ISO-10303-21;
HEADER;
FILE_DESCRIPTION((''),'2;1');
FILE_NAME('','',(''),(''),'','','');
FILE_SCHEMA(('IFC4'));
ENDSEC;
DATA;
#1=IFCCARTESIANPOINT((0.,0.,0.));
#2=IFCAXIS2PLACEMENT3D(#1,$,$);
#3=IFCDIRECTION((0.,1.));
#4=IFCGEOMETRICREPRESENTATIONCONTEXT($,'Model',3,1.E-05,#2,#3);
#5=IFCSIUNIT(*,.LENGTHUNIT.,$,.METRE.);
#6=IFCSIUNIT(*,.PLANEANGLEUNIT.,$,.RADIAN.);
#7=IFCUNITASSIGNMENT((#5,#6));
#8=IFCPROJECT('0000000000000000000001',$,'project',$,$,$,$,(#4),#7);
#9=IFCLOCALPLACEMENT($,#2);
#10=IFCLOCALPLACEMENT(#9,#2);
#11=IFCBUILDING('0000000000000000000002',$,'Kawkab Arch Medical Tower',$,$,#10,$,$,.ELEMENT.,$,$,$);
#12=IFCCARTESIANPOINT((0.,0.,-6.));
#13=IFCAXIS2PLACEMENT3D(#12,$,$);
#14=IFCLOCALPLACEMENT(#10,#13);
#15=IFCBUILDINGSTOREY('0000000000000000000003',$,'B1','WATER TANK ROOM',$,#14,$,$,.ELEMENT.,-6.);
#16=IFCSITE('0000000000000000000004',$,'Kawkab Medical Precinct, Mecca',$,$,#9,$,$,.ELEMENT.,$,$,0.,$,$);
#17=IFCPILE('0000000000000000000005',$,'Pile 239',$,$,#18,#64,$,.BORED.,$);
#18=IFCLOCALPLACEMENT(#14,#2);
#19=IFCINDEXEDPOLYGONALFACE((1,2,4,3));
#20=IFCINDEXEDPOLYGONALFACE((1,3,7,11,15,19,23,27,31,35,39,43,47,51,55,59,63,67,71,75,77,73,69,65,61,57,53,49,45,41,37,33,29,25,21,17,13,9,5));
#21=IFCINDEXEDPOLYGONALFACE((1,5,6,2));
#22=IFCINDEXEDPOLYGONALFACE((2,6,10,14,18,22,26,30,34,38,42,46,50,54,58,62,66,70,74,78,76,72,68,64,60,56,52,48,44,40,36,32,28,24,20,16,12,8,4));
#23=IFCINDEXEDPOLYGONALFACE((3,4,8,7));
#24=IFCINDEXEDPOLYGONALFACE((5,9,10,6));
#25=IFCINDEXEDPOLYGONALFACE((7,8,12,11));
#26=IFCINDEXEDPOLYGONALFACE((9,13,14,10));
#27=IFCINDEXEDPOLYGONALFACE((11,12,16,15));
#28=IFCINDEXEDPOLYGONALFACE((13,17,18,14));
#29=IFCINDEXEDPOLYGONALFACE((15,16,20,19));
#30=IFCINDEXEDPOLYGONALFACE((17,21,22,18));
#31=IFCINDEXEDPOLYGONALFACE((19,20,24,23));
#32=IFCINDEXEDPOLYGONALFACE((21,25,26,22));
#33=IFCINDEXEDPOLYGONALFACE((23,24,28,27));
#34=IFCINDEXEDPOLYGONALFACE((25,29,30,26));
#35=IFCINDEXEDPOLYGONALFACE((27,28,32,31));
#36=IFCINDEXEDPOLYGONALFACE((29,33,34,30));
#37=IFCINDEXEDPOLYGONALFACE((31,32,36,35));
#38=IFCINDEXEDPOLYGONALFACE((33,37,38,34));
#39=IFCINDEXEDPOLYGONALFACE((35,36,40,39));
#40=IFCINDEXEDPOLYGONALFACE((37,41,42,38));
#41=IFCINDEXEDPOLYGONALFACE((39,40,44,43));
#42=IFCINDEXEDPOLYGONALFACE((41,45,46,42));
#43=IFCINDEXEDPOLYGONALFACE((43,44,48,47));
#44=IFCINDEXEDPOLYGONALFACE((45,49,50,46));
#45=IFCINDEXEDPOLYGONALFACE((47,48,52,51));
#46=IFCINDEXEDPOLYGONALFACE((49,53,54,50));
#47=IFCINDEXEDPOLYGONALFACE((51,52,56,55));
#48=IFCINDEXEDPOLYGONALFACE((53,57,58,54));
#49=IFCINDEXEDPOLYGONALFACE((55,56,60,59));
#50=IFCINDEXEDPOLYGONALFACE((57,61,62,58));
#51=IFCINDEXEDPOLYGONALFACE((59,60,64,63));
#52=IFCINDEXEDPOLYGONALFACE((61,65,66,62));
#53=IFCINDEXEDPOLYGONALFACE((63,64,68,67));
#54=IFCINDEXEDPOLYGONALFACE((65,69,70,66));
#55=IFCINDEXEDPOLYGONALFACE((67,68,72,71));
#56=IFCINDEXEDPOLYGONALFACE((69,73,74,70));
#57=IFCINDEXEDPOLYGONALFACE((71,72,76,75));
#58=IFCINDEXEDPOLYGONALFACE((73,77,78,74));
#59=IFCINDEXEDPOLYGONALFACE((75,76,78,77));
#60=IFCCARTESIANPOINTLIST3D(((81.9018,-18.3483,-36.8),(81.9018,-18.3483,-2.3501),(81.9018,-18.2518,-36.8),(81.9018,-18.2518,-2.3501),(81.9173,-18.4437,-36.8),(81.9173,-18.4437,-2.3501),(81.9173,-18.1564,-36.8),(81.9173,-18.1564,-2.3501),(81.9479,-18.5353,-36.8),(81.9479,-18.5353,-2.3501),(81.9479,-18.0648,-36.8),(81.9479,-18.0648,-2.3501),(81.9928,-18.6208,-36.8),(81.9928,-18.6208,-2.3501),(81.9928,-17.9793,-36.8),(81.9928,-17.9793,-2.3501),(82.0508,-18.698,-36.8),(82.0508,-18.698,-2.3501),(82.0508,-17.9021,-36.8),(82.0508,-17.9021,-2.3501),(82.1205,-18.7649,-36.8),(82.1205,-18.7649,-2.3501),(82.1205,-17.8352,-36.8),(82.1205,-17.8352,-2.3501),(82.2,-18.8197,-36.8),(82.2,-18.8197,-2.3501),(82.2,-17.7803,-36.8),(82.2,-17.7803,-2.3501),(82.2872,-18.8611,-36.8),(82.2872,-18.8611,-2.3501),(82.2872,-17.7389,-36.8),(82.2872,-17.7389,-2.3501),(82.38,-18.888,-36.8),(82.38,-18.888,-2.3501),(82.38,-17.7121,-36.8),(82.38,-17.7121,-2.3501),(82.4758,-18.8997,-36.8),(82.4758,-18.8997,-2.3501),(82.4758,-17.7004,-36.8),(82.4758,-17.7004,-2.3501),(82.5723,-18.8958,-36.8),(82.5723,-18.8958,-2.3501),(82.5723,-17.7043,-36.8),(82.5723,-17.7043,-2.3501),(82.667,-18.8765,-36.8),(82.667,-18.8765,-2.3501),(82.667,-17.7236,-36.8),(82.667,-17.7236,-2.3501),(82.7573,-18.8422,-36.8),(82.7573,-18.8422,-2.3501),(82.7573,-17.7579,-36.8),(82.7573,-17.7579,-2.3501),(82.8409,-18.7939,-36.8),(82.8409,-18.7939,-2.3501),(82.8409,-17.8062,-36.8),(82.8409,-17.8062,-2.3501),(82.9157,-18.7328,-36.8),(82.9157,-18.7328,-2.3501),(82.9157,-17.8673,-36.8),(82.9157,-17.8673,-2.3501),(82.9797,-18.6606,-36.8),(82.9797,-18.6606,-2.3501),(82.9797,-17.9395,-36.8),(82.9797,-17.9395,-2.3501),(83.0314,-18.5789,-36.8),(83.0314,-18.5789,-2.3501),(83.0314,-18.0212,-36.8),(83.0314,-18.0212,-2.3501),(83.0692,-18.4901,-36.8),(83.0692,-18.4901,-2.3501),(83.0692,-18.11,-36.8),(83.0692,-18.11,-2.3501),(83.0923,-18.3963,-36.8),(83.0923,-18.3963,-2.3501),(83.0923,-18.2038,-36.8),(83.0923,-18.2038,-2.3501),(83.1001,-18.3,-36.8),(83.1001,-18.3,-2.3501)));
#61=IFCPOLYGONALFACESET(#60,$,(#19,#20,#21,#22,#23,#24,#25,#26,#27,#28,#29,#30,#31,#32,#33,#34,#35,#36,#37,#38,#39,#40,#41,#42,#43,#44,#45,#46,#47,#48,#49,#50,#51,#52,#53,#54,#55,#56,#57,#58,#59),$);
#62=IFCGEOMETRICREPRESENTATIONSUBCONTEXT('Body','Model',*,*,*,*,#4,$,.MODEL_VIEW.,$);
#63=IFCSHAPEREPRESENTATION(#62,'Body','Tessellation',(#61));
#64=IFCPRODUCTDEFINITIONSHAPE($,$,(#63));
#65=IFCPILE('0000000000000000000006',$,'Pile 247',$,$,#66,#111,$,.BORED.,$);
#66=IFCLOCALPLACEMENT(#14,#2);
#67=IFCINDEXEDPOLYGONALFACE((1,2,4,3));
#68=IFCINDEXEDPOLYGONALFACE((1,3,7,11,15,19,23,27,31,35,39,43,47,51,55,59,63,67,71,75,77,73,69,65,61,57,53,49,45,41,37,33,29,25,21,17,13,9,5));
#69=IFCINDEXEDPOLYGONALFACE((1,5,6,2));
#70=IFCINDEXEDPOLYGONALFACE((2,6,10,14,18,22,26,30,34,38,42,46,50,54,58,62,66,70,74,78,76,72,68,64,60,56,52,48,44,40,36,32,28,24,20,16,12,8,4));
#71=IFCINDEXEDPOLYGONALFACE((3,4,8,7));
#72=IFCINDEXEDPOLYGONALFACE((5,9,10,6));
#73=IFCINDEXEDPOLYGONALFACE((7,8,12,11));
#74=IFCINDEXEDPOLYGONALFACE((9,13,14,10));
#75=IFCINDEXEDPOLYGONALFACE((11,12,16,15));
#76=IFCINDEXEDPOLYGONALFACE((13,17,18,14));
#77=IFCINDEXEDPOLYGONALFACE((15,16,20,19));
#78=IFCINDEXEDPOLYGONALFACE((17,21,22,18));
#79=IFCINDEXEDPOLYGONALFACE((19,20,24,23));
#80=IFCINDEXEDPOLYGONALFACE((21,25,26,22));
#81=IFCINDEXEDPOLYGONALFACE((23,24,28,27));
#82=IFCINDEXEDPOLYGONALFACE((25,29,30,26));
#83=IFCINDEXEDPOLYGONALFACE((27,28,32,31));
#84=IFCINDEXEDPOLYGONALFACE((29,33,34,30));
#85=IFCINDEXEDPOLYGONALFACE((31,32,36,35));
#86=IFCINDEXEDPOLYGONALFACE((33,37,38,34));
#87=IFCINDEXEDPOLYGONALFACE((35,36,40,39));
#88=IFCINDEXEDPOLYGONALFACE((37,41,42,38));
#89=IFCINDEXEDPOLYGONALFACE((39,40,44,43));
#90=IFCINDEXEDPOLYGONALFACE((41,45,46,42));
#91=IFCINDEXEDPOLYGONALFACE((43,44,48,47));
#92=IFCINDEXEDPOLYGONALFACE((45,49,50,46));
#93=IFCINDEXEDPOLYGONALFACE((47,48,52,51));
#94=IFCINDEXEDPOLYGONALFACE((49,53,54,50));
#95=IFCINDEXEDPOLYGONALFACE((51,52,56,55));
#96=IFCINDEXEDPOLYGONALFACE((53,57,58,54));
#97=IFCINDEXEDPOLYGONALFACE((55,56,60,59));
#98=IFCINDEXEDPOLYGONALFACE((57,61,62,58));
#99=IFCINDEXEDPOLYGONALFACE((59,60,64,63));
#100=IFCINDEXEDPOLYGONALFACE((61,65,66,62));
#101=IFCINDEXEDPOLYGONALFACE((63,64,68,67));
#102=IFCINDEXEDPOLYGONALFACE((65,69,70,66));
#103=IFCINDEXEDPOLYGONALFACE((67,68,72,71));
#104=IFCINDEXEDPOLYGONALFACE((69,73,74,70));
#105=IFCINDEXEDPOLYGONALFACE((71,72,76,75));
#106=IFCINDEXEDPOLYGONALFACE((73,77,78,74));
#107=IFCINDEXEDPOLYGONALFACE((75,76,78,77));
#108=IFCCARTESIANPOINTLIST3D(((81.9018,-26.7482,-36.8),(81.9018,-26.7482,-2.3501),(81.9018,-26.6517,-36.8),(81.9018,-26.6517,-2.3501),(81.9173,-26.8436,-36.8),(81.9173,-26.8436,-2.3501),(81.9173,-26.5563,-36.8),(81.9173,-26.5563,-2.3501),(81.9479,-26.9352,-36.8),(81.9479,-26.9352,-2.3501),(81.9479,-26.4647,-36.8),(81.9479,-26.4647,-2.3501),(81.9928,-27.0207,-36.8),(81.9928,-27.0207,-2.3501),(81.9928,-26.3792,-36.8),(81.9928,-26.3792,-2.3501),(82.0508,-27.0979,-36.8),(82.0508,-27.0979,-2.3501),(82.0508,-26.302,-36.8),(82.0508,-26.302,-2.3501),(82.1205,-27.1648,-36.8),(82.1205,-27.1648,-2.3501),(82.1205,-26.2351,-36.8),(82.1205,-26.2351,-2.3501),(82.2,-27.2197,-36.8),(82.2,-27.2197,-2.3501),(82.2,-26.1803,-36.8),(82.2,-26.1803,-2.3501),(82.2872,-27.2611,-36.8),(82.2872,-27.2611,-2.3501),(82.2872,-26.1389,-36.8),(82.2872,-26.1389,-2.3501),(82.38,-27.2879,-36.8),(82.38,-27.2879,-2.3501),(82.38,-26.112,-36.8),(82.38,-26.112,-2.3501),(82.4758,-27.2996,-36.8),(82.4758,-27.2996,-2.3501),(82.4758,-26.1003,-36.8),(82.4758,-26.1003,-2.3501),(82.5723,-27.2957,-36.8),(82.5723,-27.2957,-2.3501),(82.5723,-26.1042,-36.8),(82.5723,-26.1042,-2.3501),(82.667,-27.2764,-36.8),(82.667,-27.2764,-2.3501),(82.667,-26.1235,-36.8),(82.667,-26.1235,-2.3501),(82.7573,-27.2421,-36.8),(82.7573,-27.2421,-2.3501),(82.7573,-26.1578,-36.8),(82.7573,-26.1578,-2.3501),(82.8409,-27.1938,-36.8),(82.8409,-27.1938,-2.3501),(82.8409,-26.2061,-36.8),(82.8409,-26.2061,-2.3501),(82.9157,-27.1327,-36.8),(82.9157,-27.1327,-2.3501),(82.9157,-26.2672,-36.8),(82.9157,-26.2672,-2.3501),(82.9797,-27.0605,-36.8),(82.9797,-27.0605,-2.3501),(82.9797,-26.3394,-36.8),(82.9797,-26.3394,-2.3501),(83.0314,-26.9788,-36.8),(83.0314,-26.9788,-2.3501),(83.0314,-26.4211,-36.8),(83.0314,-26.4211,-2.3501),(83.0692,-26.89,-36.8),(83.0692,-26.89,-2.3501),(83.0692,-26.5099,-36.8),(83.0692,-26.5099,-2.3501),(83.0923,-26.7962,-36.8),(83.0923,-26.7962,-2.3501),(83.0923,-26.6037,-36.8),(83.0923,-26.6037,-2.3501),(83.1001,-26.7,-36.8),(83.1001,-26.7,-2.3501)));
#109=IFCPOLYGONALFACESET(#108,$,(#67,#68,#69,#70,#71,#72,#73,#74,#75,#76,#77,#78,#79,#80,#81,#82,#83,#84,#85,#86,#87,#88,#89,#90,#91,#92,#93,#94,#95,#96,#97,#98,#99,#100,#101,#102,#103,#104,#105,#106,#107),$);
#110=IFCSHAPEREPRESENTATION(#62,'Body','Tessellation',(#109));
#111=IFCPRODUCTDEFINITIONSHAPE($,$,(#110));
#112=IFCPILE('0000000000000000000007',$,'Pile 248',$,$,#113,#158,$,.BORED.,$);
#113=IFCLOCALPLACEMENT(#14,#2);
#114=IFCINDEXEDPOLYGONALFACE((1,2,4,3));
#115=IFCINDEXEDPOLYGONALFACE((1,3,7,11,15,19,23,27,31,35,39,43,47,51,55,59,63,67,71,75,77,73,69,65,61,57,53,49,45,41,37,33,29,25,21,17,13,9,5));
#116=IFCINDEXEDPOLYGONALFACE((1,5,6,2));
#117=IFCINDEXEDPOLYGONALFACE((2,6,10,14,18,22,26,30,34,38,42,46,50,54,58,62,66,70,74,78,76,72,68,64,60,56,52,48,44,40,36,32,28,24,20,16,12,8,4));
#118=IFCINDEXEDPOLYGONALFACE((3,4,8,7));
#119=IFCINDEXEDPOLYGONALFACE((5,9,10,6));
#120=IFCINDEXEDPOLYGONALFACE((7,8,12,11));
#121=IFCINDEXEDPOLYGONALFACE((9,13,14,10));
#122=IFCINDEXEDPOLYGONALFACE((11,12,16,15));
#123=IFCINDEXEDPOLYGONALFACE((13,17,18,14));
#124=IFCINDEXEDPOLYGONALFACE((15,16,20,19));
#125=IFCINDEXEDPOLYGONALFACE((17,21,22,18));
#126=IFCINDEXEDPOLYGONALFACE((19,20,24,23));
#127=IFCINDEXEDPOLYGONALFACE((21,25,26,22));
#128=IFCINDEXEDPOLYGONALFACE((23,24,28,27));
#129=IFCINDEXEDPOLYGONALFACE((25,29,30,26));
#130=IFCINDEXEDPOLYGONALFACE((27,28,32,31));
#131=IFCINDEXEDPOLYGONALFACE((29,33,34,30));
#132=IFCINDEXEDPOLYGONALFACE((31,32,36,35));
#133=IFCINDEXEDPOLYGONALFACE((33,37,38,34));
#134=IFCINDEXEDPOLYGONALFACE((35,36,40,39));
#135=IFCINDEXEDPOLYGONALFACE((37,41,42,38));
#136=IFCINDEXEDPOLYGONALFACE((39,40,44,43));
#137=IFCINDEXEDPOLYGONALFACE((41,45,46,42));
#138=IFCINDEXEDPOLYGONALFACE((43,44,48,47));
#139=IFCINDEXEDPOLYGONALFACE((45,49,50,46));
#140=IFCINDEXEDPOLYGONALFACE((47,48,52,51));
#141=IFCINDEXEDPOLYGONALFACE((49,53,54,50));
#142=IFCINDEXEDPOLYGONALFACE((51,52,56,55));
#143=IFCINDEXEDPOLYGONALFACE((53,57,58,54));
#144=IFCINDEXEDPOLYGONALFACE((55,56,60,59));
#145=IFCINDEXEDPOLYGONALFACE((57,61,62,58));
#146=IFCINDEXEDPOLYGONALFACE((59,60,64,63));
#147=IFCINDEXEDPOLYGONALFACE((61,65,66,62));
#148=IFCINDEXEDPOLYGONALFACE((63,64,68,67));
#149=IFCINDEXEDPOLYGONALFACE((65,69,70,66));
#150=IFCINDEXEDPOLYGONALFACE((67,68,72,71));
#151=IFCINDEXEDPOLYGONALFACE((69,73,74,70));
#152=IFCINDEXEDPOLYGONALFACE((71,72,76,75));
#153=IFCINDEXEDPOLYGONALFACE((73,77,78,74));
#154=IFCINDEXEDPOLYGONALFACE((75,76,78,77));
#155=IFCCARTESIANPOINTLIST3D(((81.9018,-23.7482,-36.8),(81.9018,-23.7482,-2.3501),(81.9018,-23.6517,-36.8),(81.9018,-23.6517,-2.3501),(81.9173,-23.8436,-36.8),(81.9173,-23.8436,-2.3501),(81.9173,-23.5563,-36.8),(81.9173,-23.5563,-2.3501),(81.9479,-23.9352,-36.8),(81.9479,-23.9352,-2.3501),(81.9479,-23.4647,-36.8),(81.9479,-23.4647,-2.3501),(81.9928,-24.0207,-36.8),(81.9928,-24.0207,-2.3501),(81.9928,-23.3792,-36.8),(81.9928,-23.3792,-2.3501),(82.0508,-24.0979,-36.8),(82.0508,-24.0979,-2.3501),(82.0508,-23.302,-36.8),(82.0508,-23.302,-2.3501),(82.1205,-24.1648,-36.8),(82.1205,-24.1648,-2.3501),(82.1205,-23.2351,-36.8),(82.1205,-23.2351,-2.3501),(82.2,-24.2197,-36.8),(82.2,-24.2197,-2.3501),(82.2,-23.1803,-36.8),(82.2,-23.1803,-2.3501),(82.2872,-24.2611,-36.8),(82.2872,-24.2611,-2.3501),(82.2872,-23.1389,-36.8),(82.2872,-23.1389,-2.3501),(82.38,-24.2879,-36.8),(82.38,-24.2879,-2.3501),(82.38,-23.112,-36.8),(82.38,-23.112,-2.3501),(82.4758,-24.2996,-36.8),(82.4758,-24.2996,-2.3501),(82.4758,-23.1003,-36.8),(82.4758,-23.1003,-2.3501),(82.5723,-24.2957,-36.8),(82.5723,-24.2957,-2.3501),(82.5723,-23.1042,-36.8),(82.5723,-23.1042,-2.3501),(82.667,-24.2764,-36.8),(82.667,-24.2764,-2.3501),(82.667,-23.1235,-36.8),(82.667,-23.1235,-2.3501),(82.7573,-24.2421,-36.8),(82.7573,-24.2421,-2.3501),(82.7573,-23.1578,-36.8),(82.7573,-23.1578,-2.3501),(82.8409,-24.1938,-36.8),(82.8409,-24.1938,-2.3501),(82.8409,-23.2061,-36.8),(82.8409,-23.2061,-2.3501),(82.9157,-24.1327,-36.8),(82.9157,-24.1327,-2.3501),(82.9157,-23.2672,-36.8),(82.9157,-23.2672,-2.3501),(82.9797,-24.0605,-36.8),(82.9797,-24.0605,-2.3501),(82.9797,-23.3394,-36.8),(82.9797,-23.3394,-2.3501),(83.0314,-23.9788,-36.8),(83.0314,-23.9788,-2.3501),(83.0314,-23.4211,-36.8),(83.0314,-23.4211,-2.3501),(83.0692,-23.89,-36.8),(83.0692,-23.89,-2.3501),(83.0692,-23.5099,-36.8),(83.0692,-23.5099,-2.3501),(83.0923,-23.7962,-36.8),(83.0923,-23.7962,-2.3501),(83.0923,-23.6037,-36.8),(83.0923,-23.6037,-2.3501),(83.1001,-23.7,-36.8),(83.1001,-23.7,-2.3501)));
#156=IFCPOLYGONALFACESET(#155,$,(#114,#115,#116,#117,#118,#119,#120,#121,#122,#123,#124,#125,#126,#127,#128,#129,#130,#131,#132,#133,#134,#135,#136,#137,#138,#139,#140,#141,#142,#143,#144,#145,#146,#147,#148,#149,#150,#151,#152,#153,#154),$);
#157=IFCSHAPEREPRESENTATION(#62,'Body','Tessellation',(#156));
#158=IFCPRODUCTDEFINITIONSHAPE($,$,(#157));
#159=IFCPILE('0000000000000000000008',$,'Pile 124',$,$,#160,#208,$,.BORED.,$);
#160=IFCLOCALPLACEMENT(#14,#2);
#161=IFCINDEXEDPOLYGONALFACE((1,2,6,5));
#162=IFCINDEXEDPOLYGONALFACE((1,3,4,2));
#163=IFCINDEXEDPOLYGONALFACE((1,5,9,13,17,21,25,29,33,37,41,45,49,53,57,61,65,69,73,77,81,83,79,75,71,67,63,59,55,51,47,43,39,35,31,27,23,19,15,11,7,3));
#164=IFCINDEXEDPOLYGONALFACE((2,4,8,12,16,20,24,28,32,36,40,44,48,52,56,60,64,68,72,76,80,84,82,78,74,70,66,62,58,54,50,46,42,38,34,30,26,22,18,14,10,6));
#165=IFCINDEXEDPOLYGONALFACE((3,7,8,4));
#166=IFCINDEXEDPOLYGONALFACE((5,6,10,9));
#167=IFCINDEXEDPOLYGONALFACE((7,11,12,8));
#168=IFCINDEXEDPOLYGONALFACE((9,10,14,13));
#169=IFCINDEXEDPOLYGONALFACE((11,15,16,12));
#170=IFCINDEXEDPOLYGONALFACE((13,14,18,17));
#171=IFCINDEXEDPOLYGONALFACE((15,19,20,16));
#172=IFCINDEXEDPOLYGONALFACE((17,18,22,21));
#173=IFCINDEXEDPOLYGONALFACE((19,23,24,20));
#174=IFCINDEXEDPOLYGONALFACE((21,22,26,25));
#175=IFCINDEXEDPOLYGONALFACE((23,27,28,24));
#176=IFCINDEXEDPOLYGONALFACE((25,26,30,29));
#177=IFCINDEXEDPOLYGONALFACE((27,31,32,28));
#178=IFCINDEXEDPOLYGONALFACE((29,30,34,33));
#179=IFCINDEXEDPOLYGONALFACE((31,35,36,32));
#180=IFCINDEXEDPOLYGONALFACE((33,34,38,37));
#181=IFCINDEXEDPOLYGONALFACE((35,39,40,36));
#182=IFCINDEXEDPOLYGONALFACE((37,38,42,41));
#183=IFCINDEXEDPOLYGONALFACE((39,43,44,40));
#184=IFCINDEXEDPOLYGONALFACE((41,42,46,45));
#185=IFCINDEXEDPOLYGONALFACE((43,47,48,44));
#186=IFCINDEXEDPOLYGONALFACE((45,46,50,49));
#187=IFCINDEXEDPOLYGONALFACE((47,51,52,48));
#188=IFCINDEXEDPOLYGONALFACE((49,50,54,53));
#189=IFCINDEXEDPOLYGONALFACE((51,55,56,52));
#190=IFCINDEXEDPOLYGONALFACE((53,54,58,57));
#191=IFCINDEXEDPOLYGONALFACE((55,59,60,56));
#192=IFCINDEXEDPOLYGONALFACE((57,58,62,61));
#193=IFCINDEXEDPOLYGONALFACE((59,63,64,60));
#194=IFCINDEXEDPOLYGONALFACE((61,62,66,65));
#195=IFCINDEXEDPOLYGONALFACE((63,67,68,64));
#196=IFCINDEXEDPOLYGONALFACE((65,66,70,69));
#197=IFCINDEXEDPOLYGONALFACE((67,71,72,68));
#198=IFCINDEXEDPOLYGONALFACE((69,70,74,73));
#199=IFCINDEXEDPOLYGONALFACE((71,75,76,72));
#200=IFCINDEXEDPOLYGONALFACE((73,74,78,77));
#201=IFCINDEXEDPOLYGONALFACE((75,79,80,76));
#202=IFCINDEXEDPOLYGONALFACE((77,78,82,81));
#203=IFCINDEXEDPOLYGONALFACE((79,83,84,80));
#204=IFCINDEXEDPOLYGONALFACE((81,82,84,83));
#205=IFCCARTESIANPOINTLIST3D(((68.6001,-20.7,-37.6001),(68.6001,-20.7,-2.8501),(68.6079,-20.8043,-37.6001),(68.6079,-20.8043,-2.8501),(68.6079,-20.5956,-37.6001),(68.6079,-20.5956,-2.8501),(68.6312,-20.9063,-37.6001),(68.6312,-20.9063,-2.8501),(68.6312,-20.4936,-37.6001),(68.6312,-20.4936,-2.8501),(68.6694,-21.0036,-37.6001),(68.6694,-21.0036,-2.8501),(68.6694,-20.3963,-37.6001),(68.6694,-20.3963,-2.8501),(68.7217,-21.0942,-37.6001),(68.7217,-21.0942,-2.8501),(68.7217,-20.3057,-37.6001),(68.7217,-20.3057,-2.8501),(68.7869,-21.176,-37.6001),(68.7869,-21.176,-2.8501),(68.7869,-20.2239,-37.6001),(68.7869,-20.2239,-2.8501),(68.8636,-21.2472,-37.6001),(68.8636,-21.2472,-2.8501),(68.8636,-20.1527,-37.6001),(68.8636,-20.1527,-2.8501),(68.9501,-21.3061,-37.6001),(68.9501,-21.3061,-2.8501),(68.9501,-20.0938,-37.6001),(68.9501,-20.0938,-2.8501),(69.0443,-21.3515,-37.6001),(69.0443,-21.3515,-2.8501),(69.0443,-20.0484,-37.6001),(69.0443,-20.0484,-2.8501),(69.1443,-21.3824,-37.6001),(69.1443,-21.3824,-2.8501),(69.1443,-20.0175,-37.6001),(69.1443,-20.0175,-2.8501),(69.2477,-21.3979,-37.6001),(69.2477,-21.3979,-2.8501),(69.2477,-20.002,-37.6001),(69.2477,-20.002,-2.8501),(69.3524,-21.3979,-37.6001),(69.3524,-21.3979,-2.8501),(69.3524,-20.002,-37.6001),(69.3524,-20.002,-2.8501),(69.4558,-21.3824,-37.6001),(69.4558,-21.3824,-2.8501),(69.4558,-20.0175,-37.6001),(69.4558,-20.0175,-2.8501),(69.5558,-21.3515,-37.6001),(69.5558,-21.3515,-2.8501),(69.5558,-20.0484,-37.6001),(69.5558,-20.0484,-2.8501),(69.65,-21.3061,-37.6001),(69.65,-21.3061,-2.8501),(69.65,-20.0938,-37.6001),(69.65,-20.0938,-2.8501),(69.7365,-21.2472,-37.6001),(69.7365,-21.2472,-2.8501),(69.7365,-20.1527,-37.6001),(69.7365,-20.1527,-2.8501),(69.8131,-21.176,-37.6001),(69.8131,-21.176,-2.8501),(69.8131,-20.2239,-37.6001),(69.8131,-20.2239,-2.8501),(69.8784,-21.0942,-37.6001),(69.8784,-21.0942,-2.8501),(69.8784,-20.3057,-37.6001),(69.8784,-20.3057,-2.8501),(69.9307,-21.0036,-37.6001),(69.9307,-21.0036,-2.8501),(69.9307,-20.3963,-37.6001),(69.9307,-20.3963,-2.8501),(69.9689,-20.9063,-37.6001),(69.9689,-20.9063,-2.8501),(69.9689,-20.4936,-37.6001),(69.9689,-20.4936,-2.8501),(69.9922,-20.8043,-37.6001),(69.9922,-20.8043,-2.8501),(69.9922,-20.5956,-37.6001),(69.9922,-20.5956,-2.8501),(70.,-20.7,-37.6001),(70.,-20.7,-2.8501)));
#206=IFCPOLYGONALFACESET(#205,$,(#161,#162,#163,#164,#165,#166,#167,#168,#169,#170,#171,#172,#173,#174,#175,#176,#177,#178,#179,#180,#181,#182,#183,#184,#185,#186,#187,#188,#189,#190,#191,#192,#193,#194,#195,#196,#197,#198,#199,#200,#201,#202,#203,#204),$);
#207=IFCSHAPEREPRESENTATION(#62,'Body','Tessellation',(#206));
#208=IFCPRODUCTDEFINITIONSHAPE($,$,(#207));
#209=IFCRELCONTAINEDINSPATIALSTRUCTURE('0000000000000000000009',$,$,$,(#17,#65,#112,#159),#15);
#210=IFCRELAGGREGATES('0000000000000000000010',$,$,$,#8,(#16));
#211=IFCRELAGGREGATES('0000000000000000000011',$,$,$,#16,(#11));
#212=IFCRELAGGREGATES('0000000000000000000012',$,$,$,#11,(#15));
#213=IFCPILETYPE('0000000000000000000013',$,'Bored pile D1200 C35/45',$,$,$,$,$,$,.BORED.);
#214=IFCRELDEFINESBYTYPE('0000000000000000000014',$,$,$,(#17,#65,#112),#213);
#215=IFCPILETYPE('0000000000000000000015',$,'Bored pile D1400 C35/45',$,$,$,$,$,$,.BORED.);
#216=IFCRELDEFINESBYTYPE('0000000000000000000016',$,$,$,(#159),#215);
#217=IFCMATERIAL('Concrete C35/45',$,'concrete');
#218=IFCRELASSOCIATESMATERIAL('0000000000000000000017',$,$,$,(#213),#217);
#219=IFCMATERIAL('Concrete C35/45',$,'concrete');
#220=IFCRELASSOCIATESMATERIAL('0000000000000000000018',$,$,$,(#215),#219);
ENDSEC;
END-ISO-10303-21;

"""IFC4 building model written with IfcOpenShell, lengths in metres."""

from ifc_helpers import new_model, si_unit, direction, frame, origin, origin_2d, place, context, subcontext, project, spatial, circle, extrude, material, material_profile, profile_set, type_object, element, save


model = new_model("IFC4")

# Units and contexts
model_context = context("Model", 3, precision=1e-05, world=origin(), true_north=direction((0.0, 1.0)))
body_context = subcontext(model_context, "Body", "Model", "MODEL_VIEW")
ifc_project = project(units=[si_unit("LENGTHUNIT", "METRE"), si_unit("PLANEANGLEUNIT", "RADIAN")], contexts=[model_context])

# Site, building, storey
site_placement = place(None, origin())
site = spatial("IfcSite", under=ifc_project, at=site_placement, Name="Kawkab Medical Precinct, Mecca", CompositionType="ELEMENT", RefElevation=0.0)
building_placement = place(site_placement, origin())
building = spatial("IfcBuilding", under=site, at=building_placement, Name="Kawkab Arch Medical Tower", CompositionType="ELEMENT")
storey_placement = place(building_placement, frame((0.0, 0.0, -6.0)))
storey = spatial("IfcBuildingStorey", under=building, at=storey_placement, Name="B1", Description="WATER TANK ROOM", CompositionType="ELEMENT", Elevation=-6.0)

# Piles
ifc_material_1 = material(Name="Concrete C35/45", Category="concrete")
ifc_material_profile_1 = material_profile(ifc_material_1, circle(Radius=0.6001, at=origin_2d()), Name="Bored pile D1200")
ifc_profile_set_1 = profile_set([ifc_material_profile_1], Name="Concrete C35/45")
pile_type_1 = type_object("IfcPileType", Name="Bored pile D1200 C35/45", PredefinedType="BORED", material=ifc_profile_set_1)
for number, where, z_axis, x_axis, name in (
    (1, (82.5, -18.3, -2.3501), (0.0, 0.0, -1.0), (1.0, 0.0, 0.0), "Pile 239"),
    (2, (82.5, -26.7, -2.3501), (0.0, 0.0, -1.0), (1.0, 0.0, 0.0), "Pile 247"),
    (3, (82.5, -23.7, -2.3501), (0.0, 0.0, -1.0), (1.0, 0.0, 0.0), "Pile 248"),
):
    element("IfcPile", number, at=place(storey_placement, frame(where, z_axis=z_axis, x_axis=x_axis)), inside=storey, type_object=pile_type_1, Name=name, PredefinedType="BORED", context=body_context, shape_type="SweptSolid", body=[
        extrude(circle(Radius=0.6001, at=origin_2d()), origin(), (0.0, 0.0, 1.0), 34.45),
    ])
ifc_material_2 = material(Name="Concrete C35/45", Category="concrete")
ifc_material_profile_2 = material_profile(ifc_material_2, circle(Radius=0.7, at=origin_2d()), Name="Bored pile D1400")
ifc_profile_set_2 = profile_set([ifc_material_profile_2], Name="Concrete C35/45")
pile_type_2 = type_object("IfcPileType", Name="Bored pile D1400 C35/45", PredefinedType="BORED", material=ifc_profile_set_2)
for number, where, z_axis, x_axis, name in (
    (4, (69.3, -20.7, -2.8501), (0.0, 0.0, -1.0), (1.0, 0.0, 0.0), "Pile 124"),
):
    element("IfcPile", number, at=place(storey_placement, frame(where, z_axis=z_axis, x_axis=x_axis)), inside=storey, type_object=pile_type_2, Name=name, PredefinedType="BORED", context=body_context, shape_type="SweptSolid", body=[
        extrude(circle(Radius=0.7, at=origin_2d()), origin(), (0.0, 0.0, 1.0), 34.75),
    ])

save(model, "model.ifc")
